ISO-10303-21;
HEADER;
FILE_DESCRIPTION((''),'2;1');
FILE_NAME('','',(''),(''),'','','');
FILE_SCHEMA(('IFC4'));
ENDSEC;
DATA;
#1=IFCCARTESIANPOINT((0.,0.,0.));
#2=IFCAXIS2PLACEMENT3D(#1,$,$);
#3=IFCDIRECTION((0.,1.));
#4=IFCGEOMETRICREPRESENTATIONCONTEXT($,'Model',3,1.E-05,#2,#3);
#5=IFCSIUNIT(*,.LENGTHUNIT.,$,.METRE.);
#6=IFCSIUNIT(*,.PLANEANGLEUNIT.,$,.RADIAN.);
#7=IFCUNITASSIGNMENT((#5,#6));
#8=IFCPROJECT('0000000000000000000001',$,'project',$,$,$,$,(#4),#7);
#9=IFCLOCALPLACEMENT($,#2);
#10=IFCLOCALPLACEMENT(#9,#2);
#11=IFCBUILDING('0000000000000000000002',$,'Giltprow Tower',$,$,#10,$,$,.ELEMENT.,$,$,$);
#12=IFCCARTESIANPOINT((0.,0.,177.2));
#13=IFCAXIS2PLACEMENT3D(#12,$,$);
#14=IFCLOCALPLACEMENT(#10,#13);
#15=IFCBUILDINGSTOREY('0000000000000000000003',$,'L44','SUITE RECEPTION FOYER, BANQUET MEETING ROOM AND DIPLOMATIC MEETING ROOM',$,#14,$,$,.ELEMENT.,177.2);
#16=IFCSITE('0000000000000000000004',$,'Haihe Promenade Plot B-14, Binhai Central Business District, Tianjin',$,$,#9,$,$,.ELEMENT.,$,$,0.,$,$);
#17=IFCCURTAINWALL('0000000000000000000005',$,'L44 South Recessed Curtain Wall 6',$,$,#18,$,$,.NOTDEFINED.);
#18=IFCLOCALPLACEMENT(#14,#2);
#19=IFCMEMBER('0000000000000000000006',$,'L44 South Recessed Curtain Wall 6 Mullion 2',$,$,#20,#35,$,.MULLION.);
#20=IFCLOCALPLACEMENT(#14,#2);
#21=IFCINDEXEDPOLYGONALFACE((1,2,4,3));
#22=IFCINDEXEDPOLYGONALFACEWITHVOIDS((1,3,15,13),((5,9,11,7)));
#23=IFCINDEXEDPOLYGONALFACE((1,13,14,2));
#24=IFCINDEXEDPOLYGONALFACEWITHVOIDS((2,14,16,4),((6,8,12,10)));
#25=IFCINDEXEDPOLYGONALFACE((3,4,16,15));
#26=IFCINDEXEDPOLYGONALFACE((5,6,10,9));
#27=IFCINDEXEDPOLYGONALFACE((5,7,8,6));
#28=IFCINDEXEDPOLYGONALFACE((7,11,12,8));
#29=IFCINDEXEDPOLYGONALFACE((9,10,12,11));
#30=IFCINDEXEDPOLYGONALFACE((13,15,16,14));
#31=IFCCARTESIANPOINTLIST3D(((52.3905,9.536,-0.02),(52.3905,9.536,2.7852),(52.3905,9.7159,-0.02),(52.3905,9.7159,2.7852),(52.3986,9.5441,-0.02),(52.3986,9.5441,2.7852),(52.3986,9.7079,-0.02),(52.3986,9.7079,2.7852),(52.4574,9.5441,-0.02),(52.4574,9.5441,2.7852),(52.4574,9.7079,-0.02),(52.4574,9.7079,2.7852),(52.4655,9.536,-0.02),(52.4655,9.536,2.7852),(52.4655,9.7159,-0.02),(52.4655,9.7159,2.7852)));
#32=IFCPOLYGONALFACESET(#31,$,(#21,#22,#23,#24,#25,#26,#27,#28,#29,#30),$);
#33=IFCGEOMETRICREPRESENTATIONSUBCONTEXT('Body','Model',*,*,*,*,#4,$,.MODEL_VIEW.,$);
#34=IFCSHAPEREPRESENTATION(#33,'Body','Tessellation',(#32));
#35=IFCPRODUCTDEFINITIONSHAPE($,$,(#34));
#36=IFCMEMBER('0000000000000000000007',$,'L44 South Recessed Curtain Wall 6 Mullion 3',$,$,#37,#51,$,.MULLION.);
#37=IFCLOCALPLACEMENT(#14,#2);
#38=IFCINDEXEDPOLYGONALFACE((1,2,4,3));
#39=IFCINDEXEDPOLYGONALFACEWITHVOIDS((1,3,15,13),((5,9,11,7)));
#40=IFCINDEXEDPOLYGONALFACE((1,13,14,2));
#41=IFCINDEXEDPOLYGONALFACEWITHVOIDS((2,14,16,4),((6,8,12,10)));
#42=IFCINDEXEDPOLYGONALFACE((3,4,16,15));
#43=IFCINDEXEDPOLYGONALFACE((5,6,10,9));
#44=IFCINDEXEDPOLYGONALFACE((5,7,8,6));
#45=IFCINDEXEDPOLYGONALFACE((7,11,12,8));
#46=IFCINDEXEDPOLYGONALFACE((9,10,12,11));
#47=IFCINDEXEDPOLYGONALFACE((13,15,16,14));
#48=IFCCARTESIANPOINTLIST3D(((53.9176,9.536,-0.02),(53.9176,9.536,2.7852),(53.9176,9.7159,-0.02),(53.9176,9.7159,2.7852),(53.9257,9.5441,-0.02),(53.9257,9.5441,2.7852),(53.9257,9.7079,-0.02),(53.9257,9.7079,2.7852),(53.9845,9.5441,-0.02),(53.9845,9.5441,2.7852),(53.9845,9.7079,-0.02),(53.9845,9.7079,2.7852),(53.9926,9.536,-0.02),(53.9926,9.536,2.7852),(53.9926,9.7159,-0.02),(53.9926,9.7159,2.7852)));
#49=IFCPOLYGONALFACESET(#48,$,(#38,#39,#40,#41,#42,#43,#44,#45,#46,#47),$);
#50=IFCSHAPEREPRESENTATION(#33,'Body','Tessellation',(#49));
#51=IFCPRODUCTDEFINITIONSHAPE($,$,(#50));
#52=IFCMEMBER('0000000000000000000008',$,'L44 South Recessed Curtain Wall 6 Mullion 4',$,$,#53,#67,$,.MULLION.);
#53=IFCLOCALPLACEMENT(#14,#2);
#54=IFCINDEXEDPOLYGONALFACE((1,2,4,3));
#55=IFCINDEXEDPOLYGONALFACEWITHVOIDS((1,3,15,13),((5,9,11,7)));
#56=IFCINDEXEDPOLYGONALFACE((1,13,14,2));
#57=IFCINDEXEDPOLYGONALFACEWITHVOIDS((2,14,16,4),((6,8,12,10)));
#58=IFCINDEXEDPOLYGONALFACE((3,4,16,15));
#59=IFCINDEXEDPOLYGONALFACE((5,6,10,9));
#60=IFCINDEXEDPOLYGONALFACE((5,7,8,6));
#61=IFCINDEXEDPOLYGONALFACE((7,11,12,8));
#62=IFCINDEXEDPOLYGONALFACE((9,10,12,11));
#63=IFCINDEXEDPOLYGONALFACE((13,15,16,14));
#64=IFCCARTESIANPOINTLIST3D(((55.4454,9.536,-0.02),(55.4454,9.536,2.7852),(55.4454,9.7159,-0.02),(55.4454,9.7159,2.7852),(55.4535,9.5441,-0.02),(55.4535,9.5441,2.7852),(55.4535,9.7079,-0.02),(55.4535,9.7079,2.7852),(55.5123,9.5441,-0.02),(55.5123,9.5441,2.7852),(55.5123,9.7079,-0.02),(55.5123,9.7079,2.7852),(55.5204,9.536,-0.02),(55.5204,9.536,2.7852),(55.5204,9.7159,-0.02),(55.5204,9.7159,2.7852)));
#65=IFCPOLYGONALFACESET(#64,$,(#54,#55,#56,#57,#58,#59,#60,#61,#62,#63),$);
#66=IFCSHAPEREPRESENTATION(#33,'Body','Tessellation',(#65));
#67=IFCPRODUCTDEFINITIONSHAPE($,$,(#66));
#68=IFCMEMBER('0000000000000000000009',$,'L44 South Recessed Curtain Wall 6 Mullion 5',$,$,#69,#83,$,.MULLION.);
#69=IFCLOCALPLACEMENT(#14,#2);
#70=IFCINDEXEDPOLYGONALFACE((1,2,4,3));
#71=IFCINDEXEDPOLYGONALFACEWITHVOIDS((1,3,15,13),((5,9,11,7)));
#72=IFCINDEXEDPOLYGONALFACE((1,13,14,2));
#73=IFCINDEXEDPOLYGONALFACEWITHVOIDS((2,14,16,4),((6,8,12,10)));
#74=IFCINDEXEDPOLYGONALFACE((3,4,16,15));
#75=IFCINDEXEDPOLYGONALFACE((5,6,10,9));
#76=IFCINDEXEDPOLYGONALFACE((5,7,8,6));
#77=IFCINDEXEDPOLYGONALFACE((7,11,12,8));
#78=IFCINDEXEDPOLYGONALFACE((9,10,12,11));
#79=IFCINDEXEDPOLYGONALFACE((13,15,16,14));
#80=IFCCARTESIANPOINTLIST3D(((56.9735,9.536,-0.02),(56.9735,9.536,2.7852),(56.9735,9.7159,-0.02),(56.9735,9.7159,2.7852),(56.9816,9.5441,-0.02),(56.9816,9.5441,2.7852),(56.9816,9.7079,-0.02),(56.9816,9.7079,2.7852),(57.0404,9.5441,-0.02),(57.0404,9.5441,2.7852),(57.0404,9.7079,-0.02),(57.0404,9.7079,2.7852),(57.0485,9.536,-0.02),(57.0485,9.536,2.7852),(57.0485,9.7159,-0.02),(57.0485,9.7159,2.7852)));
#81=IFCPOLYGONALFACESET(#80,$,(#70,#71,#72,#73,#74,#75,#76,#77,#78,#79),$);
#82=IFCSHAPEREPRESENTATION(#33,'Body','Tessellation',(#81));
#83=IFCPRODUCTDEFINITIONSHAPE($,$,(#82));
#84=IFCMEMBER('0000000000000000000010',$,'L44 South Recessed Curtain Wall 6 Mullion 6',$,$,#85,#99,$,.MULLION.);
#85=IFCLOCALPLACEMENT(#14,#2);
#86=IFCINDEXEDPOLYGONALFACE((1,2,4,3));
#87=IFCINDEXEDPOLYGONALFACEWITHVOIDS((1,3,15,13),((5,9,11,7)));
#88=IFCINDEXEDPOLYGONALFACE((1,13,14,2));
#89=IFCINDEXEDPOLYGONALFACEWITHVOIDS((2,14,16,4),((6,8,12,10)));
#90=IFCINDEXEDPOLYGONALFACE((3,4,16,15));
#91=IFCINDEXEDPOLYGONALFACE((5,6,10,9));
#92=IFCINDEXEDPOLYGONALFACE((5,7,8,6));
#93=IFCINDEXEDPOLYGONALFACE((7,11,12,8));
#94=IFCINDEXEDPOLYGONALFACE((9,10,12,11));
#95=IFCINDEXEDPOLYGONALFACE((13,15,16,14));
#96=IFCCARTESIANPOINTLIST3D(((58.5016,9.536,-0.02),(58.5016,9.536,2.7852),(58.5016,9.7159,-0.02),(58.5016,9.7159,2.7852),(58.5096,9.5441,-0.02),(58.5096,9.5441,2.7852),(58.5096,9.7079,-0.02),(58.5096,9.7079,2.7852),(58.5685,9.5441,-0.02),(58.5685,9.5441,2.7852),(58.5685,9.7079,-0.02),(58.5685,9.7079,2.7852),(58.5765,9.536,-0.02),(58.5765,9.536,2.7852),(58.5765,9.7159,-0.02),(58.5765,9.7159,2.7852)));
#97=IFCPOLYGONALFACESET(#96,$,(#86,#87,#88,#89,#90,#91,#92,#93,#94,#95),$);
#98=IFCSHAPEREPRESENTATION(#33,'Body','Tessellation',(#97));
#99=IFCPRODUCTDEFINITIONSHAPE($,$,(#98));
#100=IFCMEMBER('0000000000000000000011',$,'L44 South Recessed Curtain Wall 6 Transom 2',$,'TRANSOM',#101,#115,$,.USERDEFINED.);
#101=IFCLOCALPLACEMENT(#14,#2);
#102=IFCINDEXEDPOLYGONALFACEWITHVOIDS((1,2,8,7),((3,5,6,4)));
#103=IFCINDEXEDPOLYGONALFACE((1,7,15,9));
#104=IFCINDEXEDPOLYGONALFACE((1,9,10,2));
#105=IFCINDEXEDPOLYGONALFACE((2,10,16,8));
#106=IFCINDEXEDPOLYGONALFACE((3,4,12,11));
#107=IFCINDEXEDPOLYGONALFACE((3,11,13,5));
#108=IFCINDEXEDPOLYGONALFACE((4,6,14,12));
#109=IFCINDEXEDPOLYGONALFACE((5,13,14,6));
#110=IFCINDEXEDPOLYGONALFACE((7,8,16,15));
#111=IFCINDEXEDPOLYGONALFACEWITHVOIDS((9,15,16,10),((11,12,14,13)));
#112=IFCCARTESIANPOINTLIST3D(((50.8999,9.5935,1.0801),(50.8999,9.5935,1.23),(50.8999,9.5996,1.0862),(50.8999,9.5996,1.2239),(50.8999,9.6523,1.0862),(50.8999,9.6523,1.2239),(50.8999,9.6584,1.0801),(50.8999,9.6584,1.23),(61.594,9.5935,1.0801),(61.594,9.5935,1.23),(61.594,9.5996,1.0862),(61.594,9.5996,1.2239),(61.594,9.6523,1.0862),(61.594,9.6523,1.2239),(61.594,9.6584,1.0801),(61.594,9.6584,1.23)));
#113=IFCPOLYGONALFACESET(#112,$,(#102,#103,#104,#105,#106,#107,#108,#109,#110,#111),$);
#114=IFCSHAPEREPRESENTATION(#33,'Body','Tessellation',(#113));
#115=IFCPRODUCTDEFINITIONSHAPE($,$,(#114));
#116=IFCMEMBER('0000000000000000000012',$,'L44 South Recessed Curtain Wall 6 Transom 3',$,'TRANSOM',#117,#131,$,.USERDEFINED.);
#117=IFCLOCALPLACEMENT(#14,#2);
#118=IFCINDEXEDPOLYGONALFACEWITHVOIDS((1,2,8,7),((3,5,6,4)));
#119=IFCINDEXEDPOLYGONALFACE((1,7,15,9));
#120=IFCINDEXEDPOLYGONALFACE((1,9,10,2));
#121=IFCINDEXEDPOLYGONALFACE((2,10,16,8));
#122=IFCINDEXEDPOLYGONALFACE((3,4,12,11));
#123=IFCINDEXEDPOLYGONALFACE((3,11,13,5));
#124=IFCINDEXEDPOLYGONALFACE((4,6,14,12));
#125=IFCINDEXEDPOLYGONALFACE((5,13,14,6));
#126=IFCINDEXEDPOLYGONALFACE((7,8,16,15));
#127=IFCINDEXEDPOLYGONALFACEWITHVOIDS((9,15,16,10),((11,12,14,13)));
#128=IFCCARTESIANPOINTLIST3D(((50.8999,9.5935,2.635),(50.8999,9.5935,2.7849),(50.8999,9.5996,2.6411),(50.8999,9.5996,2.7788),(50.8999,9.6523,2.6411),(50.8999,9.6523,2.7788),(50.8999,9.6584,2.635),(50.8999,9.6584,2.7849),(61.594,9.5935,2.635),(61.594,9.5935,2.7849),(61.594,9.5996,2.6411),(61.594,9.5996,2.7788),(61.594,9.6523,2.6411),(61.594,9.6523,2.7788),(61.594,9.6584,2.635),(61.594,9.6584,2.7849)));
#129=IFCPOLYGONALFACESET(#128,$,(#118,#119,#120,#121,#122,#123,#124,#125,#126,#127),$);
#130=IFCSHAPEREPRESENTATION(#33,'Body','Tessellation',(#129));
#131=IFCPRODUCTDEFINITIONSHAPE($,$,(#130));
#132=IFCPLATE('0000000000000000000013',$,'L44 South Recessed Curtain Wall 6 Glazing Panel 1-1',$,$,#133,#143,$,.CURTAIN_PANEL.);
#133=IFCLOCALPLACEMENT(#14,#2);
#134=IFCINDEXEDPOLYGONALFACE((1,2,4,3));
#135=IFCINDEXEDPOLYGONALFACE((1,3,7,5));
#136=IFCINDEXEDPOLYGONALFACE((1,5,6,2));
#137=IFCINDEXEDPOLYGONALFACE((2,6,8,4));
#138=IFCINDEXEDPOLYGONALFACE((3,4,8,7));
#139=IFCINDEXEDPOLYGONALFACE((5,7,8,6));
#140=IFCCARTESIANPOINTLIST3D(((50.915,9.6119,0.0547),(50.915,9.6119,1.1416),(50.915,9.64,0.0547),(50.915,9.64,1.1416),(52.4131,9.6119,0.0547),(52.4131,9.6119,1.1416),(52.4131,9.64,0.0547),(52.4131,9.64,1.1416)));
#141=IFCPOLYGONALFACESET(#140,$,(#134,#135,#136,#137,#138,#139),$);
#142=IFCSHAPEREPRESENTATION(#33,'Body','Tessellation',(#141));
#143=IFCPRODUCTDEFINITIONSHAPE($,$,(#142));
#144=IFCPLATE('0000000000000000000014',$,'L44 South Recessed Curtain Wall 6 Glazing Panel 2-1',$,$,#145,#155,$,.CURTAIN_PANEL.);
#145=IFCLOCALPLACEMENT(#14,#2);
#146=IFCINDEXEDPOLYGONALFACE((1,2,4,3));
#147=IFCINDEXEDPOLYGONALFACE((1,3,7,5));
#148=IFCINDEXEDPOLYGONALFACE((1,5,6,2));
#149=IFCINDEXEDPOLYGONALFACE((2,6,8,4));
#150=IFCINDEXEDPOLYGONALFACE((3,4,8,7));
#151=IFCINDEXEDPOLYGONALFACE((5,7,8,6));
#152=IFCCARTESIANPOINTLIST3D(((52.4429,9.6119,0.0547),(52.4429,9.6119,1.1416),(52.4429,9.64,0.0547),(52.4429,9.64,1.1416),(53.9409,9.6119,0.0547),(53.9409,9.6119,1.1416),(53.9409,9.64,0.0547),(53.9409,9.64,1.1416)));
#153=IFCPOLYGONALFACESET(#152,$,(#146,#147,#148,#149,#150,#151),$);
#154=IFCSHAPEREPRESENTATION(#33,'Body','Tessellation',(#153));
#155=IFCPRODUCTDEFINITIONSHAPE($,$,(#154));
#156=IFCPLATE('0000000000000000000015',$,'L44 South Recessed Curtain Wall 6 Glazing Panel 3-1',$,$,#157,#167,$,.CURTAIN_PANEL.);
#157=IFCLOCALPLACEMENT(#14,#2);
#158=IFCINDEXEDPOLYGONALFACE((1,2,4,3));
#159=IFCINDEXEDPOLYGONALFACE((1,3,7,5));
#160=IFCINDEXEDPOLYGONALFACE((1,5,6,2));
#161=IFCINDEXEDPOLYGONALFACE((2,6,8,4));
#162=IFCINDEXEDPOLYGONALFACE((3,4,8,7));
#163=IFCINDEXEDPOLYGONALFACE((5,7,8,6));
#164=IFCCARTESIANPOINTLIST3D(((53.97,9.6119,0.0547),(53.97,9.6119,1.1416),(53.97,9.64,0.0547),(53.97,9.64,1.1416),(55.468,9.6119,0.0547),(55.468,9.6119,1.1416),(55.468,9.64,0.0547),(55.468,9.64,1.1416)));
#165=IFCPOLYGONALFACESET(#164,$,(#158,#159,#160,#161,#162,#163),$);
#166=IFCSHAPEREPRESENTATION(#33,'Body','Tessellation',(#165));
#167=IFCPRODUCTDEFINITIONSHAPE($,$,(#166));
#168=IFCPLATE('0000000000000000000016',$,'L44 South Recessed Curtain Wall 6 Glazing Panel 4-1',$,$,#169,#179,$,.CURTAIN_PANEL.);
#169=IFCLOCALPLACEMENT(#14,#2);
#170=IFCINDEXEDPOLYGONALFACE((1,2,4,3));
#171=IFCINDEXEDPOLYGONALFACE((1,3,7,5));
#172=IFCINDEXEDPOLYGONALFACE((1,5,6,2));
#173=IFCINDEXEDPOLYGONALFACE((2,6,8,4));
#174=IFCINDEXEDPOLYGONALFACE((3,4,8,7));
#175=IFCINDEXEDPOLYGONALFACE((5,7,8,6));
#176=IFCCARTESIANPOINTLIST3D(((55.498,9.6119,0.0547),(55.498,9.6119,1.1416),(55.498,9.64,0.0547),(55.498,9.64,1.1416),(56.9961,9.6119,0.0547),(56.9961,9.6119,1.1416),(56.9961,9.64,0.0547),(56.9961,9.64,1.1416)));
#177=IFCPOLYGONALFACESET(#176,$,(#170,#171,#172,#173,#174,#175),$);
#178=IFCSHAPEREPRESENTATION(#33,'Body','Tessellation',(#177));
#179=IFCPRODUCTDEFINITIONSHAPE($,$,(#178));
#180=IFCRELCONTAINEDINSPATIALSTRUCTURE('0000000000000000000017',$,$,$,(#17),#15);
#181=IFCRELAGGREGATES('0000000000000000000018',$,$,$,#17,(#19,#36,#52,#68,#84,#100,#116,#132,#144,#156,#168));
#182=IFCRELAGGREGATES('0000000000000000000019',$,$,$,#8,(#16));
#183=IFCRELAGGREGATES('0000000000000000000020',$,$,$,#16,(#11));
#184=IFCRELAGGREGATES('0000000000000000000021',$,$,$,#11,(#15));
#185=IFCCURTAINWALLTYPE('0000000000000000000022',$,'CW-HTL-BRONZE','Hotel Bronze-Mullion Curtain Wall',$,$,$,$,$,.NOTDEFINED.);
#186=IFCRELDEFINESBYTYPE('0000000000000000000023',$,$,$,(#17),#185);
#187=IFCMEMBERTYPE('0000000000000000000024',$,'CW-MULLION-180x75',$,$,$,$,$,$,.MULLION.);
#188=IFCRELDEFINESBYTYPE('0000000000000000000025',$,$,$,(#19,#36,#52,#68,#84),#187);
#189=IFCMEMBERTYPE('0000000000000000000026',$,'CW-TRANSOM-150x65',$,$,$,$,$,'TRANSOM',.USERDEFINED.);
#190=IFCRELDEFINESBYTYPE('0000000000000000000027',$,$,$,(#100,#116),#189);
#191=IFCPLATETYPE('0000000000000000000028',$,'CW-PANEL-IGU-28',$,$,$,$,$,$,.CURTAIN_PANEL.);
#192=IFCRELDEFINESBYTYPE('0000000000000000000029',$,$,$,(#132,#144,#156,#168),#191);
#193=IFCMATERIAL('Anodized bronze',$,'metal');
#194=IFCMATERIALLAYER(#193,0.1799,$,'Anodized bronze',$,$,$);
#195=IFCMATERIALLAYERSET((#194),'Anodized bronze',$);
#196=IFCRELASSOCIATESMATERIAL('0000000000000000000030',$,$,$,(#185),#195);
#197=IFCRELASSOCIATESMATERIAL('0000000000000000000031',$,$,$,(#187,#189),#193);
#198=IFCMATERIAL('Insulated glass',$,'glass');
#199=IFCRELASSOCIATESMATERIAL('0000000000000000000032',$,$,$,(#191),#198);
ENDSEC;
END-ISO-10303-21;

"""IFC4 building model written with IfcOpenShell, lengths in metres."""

from ifc_helpers import new_model, si_unit, direction, frame, origin, origin_2d, place, context, subcontext, project, spatial, rectangle, hollow_rectangle, extrude, source, transform, mapped, material, layer, layer_set, material_profile, profile_set, type_object, element, aggregate, save


model = new_model("IFC4")

# Units and contexts
model_context = context("Model", 3, precision=1e-05, world=origin(), true_north=direction((0.0, 1.0)))
body_context = subcontext(model_context, "Body", "Model", "MODEL_VIEW")
ifc_project = project(units=[si_unit("LENGTHUNIT", "METRE"), si_unit("PLANEANGLEUNIT", "RADIAN")], contexts=[model_context])

# Site, building, storey
site_placement = place(None, origin())
site = spatial("IfcSite", under=ifc_project, at=site_placement, Name="Haihe Promenade Plot B-14, Binhai Central Business District, Tianjin", CompositionType="ELEMENT", RefElevation=0.0)
building_placement = place(site_placement, origin())
building = spatial("IfcBuilding", under=site, at=building_placement, Name="Giltprow Tower", CompositionType="ELEMENT")
storey_placement = place(building_placement, frame((0.0, 0.0, 177.2)))
storey = spatial("IfcBuildingStorey", under=building, at=storey_placement, Name="L44", Description="SUITE RECEPTION FOYER, BANQUET MEETING ROOM AND DIPLOMATIC MEETING ROOM", CompositionType="ELEMENT", Elevation=177.2)

# Curtain wall, members, plates
ifc_material_1 = material(Name="Anodized bronze", Category="metal")
ifc_layer = layer(ifc_material_1, 0.1799, Name="Anodized bronze")
ifc_layer_set = layer_set([ifc_layer], Name="Anodized bronze")
curtain_wall_type = type_object("IfcCurtainWallType", Name="CW-HTL-BRONZE", Description="Hotel Bronze-Mullion Curtain Wall", PredefinedType="NOTDEFINED", material=ifc_layer_set)
curtain_wall_placement = place(storey_placement, origin())
curtain_wall = element("IfcCurtainWall", 1, at=curtain_wall_placement, inside=storey, type_object=curtain_wall_type, Name="L44 South Recessed Curtain Wall 6", PredefinedType="NOTDEFINED")
ifc_material_profile_1 = material_profile(ifc_material_1, hollow_rectangle(XDim=0.075, YDim=0.1799, WallThickness=0.0081, at=origin_2d()), Name="RHS 180x75x8")
ifc_profile_set_1 = profile_set([ifc_material_profile_1], Name="Anodized bronze")
member_type_1 = type_object("IfcMemberType", Name="CW-MULLION-180x75", PredefinedType="MULLION", material=ifc_profile_set_1)
shared_shape_1 = source(origin(), body_context, "Body", "SweptSolid", [
    extrude(hollow_rectangle(XDim=0.075, YDim=0.1799, WallThickness=0.0081, at=origin_2d()), origin(), (0.0, 0.0, 1.0), 2.8052),
])
member_1_placement = place(storey_placement, frame((52.428, 9.626, -0.02), z_axis=(0.0, 0.0, 1.0), x_axis=(1.0, 0.0, 0.0)))
member_1 = element("IfcMember", 2, at=member_1_placement, type_object=member_type_1, Name="L44 South Recessed Curtain Wall 6 Mullion 2", PredefinedType="MULLION", context=body_context, shape_type="MappedRepresentation", body=[
    mapped(shared_shape_1, transform((0.0, 0.0, 0.0), x_axis=(1.0, 0.0, 0.0), y_axis=(0.0, 1.0, 0.0), z_axis=(0.0, 0.0, 1.0), scale=1.0)),
])
member_2_placement = place(storey_placement, frame((53.9551, 9.626, -0.02), z_axis=(0.0, 0.0, 1.0), x_axis=(1.0, 0.0, 0.0)))
member_2 = element("IfcMember", 3, at=member_2_placement, type_object=member_type_1, Name="L44 South Recessed Curtain Wall 6 Mullion 3", PredefinedType="MULLION", context=body_context, shape_type="MappedRepresentation", body=[
    mapped(shared_shape_1, transform((0.0, 0.0, 0.0), x_axis=(1.0, 0.0, 0.0), y_axis=(0.0, 1.0, 0.0), z_axis=(0.0, 0.0, 1.0), scale=1.0)),
])
member_3_placement = place(storey_placement, frame((55.4829, 9.626, -0.02), z_axis=(0.0, 0.0, 1.0), x_axis=(1.0, 0.0, 0.0)))
member_3 = element("IfcMember", 4, at=member_3_placement, type_object=member_type_1, Name="L44 South Recessed Curtain Wall 6 Mullion 4", PredefinedType="MULLION", context=body_context, shape_type="MappedRepresentation", body=[
    mapped(shared_shape_1, transform((0.0, 0.0, 0.0), x_axis=(1.0, 0.0, 0.0), y_axis=(0.0, 1.0, 0.0), z_axis=(0.0, 0.0, 1.0), scale=1.0)),
])
member_4_placement = place(storey_placement, frame((57.011, 9.626, -0.02), z_axis=(0.0, 0.0, 1.0), x_axis=(1.0, 0.0, 0.0)))
member_4 = element("IfcMember", 5, at=member_4_placement, type_object=member_type_1, Name="L44 South Recessed Curtain Wall 6 Mullion 5", PredefinedType="MULLION", context=body_context, shape_type="MappedRepresentation", body=[
    mapped(shared_shape_1, transform((0.0, 0.0, 0.0), x_axis=(1.0, 0.0, 0.0), y_axis=(0.0, 1.0, 0.0), z_axis=(0.0, 0.0, 1.0), scale=1.0)),
])
member_5_placement = place(storey_placement, frame((58.5391, 9.626, -0.02), z_axis=(0.0, 0.0, 1.0), x_axis=(1.0, 0.0, 0.0)))
member_5 = element("IfcMember", 6, at=member_5_placement, type_object=member_type_1, Name="L44 South Recessed Curtain Wall 6 Mullion 6", PredefinedType="MULLION", context=body_context, shape_type="MappedRepresentation", body=[
    mapped(shared_shape_1, transform((0.0, 0.0, 0.0), x_axis=(1.0, 0.0, 0.0), y_axis=(0.0, 1.0, 0.0), z_axis=(0.0, 0.0, 1.0), scale=1.0)),
])
ifc_material_profile_2 = material_profile(ifc_material_1, hollow_rectangle(XDim=0.0649, YDim=0.1499, WallThickness=0.0061, at=origin_2d()), Name="RHS 150x65x6")
ifc_profile_set_2 = profile_set([ifc_material_profile_2], Name="Anodized bronze")
member_type_2 = type_object("IfcMemberType", Name="CW-TRANSOM-150x65", ElementType="TRANSOM", PredefinedType="USERDEFINED", material=ifc_profile_set_2)
shared_shape_2 = source(origin(), body_context, "Body", "SweptSolid", [
    extrude(hollow_rectangle(XDim=0.0649, YDim=0.1499, WallThickness=0.0061, at=origin_2d()), origin(), (0.0, 0.0, 1.0), 10.6941),
])
member_6_placement = place(storey_placement, frame((50.8999, 9.626, 1.155), z_axis=(1.0, 0.0, 0.0), x_axis=(0.0, 1.0, 0.0)))
member_6 = element("IfcMember", 7, at=member_6_placement, type_object=member_type_2, Name="L44 South Recessed Curtain Wall 6 Transom 2", ObjectType="TRANSOM", PredefinedType="USERDEFINED", context=body_context, shape_type="MappedRepresentation", body=[
    mapped(shared_shape_2, transform((0.0, 0.0, 0.0), x_axis=(1.0, 0.0, 0.0), y_axis=(0.0, 1.0, 0.0), z_axis=(0.0, 0.0, 1.0), scale=1.0)),
])
member_7_placement = place(storey_placement, frame((50.8999, 9.626, 2.71), z_axis=(1.0, 0.0, 0.0), x_axis=(0.0, 1.0, 0.0)))
member_7 = element("IfcMember", 8, at=member_7_placement, type_object=member_type_2, Name="L44 South Recessed Curtain Wall 6 Transom 3", ObjectType="TRANSOM", PredefinedType="USERDEFINED", context=body_context, shape_type="MappedRepresentation", body=[
    mapped(shared_shape_2, transform((0.0, 0.0, 0.0), x_axis=(1.0, 0.0, 0.0), y_axis=(0.0, 1.0, 0.0), z_axis=(0.0, 0.0, 1.0), scale=1.0)),
])
ifc_material_2 = material(Name="Insulated glass", Category="glass")
plate_type = type_object("IfcPlateType", Name="CW-PANEL-IGU-28", PredefinedType="CURTAIN_PANEL", material=ifc_material_2)
shared_shape_3 = source(origin(), body_context, "Body", "SweptSolid", [
    extrude(rectangle(XDim=1.498, YDim=0.0281, at=origin_2d()), origin(), (0.0, 0.0, 1.0), 1.0869),
])
plate_1_placement = place(storey_placement, frame((51.6641, 9.626, 0.0547), z_axis=(0.0, 0.0, 1.0), x_axis=(1.0, 0.0, 0.0)))
plate_1 = element("IfcPlate", 9, at=plate_1_placement, type_object=plate_type, Name="L44 South Recessed Curtain Wall 6 Glazing Panel 1-1", PredefinedType="CURTAIN_PANEL", context=body_context, shape_type="MappedRepresentation", body=[
    mapped(shared_shape_3, transform((0.0, 0.0, 0.0), x_axis=(1.0, 0.0, 0.0), y_axis=(0.0, 1.0, 0.0), z_axis=(0.0, 0.0, 1.0), scale=1.0)),
])
plate_2_placement = place(storey_placement, frame((53.1919, 9.626, 0.0547), z_axis=(0.0, 0.0, 1.0), x_axis=(1.0, 0.0, 0.0)))
plate_2 = element("IfcPlate", 10, at=plate_2_placement, type_object=plate_type, Name="L44 South Recessed Curtain Wall 6 Glazing Panel 2-1", PredefinedType="CURTAIN_PANEL", context=body_context, shape_type="MappedRepresentation", body=[
    mapped(shared_shape_3, transform((0.0, 0.0, 0.0), x_axis=(1.0, 0.0, 0.0), y_axis=(0.0, 1.0, 0.0), z_axis=(0.0, 0.0, 1.0), scale=1.0)),
])
plate_3_placement = place(storey_placement, frame((54.719, 9.626, 0.0547), z_axis=(0.0, 0.0, 1.0), x_axis=(1.0, 0.0, 0.0)))
plate_3 = element("IfcPlate", 11, at=plate_3_placement, type_object=plate_type, Name="L44 South Recessed Curtain Wall 6 Glazing Panel 3-1", PredefinedType="CURTAIN_PANEL", context=body_context, shape_type="MappedRepresentation", body=[
    mapped(shared_shape_3, transform((0.0, 0.0, 0.0), x_axis=(1.0, 0.0, 0.0), y_axis=(0.0, 1.0, 0.0), z_axis=(0.0, 0.0, 1.0), scale=1.0)),
])
plate_4_placement = place(storey_placement, frame((56.2471, 9.626, 0.0547), z_axis=(0.0, 0.0, 1.0), x_axis=(1.0, 0.0, 0.0)))
plate_4 = element("IfcPlate", 12, at=plate_4_placement, type_object=plate_type, Name="L44 South Recessed Curtain Wall 6 Glazing Panel 4-1", PredefinedType="CURTAIN_PANEL", context=body_context, shape_type="MappedRepresentation", body=[
    mapped(shared_shape_3, transform((0.0, 0.0, 0.0), x_axis=(1.0, 0.0, 0.0), y_axis=(0.0, 1.0, 0.0), z_axis=(0.0, 0.0, 1.0), scale=1.0)),
])
aggregate(curtain_wall, [member_1, member_2, member_3, member_4, member_5, member_6, member_7, plate_1, plate_2, plate_3, plate_4])

save(model, "model.ifc")
